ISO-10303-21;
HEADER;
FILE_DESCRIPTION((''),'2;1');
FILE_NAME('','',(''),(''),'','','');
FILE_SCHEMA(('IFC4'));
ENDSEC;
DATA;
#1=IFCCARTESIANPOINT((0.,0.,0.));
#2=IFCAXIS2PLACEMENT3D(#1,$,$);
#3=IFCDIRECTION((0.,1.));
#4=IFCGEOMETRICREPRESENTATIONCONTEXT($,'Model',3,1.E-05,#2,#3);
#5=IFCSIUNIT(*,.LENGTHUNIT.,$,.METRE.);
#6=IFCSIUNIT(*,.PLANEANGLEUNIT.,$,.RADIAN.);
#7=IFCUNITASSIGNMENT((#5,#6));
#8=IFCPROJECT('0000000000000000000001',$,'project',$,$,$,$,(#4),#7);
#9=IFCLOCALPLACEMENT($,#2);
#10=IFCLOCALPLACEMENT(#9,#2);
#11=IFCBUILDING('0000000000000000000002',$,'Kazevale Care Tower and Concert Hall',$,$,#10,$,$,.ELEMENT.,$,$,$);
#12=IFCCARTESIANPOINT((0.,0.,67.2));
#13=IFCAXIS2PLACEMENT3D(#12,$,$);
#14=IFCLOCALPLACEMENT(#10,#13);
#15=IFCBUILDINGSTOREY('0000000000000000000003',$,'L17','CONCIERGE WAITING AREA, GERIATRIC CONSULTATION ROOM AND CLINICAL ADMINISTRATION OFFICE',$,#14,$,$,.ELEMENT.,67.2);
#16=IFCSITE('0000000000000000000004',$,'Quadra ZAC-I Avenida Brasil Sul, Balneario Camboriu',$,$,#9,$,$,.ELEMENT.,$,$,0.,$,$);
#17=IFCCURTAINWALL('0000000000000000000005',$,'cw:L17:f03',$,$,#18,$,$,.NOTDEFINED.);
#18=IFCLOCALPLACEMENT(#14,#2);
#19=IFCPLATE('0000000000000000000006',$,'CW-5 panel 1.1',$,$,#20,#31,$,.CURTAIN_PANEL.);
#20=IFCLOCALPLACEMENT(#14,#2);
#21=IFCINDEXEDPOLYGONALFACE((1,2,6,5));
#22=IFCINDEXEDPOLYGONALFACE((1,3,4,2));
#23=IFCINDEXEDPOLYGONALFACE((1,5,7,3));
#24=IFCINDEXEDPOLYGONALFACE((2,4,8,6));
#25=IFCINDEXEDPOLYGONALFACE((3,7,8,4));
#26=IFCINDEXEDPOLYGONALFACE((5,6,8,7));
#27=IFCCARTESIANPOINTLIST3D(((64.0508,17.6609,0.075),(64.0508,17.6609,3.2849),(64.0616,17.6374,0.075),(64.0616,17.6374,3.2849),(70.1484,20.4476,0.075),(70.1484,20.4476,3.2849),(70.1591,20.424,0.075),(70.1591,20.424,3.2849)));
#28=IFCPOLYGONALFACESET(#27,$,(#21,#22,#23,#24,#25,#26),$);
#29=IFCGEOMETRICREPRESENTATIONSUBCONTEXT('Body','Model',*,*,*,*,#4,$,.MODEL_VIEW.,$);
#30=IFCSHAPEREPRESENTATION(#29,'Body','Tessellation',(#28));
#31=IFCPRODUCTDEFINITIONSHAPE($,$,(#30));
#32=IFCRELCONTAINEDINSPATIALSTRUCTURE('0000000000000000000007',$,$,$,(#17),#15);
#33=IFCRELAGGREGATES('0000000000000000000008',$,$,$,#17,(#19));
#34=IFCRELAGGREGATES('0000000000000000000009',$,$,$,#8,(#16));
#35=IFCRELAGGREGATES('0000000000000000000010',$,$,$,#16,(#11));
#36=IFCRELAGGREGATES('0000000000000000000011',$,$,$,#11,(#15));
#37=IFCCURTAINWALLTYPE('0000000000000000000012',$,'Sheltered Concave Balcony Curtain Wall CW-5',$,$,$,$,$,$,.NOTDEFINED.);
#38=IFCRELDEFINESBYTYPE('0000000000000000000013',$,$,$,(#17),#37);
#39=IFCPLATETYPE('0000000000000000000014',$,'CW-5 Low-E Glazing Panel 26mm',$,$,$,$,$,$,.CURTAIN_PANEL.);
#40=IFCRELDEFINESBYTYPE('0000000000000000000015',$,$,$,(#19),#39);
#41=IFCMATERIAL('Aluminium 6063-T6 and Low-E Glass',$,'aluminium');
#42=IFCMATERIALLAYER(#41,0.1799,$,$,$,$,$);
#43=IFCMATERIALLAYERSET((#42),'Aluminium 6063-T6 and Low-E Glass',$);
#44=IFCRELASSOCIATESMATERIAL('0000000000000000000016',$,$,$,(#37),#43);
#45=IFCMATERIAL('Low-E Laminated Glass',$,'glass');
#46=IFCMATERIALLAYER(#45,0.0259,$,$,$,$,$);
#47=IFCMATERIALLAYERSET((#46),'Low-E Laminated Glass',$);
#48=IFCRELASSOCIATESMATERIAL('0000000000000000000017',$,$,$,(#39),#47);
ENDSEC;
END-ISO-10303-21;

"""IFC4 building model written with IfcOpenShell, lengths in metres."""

from ifc_helpers import new_model, si_unit, direction, frame, origin, origin_2d, place, context, subcontext, project, spatial, rectangle, extrude, material, layer, layer_set, type_object, element, aggregate, save


model = new_model("IFC4")

# Units and contexts
model_context = context("Model", 3, precision=1e-05, world=origin(), true_north=direction((0.0, 1.0)))
body_context = subcontext(model_context, "Body", "Model", "MODEL_VIEW")
ifc_project = project(units=[si_unit("LENGTHUNIT", "METRE"), si_unit("PLANEANGLEUNIT", "RADIAN")], contexts=[model_context])

# Site, building, storey
site_placement = place(None, origin())
site = spatial("IfcSite", under=ifc_project, at=site_placement, Name="Quadra ZAC-I Avenida Brasil Sul, Balneario Camboriu", CompositionType="ELEMENT", RefElevation=0.0)
building_placement = place(site_placement, origin())
building = spatial("IfcBuilding", under=site, at=building_placement, Name="Kazevale Care Tower and Concert Hall", CompositionType="ELEMENT")
storey_placement = place(building_placement, frame((0.0, 0.0, 67.2)))
storey = spatial("IfcBuildingStorey", under=building, at=storey_placement, Name="L17", Description="CONCIERGE WAITING AREA, GERIATRIC CONSULTATION ROOM AND CLINICAL ADMINISTRATION OFFICE", CompositionType="ELEMENT", Elevation=67.2)

# Shared definitions
ifc_material_1 = material(Name="Aluminium 6063-T6 and Low-E Glass", Category="aluminium")

# Curtain wall
ifc_layer_1 = layer(ifc_material_1, 0.1799)
ifc_layer_set_1 = layer_set([ifc_layer_1], Name="Aluminium 6063-T6 and Low-E Glass")
curtain_wall_type_1 = type_object("IfcCurtainWallType", Name="Sheltered Concave Balcony Curtain Wall CW-5", PredefinedType="NOTDEFINED", material=ifc_layer_set_1)
curtain_wall_1_placement = place(storey_placement, origin())
curtain_wall_1 = element("IfcCurtainWall", 1, at=curtain_wall_1_placement, inside=storey, type_object=curtain_wall_type_1, Name="cw:L17:f03", PredefinedType="NOTDEFINED")

# Plate
ifc_material_2 = material(Name="Low-E Laminated Glass", Category="glass")
ifc_layer_2 = layer(ifc_material_2, 0.0259)
ifc_layer_set_2 = layer_set([ifc_layer_2], Name="Low-E Laminated Glass")
plate_type = type_object("IfcPlateType", Name="CW-5 Low-E Glazing Panel 26mm", PredefinedType="CURTAIN_PANEL", material=ifc_layer_set_2)
plate_1_placement = place(storey_placement, frame((67.105, 19.0425, 0.075), z_axis=(0.0, 0.0, 1.0), x_axis=(-0.90952, -0.41566, 0.0)))
plate_1 = element("IfcPlate", 2, at=plate_1_placement, type_object=plate_type, Name="CW-5 panel 1.1", PredefinedType="CURTAIN_PANEL", context=body_context, shape_type="SweptSolid", body=[
    extrude(rectangle(XDim=6.7041, YDim=0.0259, at=origin_2d()), origin(), (0.0, 0.0, 1.0), 3.21),
])
aggregate(curtain_wall_1, [plate_1])

save(model, "model.ifc")
